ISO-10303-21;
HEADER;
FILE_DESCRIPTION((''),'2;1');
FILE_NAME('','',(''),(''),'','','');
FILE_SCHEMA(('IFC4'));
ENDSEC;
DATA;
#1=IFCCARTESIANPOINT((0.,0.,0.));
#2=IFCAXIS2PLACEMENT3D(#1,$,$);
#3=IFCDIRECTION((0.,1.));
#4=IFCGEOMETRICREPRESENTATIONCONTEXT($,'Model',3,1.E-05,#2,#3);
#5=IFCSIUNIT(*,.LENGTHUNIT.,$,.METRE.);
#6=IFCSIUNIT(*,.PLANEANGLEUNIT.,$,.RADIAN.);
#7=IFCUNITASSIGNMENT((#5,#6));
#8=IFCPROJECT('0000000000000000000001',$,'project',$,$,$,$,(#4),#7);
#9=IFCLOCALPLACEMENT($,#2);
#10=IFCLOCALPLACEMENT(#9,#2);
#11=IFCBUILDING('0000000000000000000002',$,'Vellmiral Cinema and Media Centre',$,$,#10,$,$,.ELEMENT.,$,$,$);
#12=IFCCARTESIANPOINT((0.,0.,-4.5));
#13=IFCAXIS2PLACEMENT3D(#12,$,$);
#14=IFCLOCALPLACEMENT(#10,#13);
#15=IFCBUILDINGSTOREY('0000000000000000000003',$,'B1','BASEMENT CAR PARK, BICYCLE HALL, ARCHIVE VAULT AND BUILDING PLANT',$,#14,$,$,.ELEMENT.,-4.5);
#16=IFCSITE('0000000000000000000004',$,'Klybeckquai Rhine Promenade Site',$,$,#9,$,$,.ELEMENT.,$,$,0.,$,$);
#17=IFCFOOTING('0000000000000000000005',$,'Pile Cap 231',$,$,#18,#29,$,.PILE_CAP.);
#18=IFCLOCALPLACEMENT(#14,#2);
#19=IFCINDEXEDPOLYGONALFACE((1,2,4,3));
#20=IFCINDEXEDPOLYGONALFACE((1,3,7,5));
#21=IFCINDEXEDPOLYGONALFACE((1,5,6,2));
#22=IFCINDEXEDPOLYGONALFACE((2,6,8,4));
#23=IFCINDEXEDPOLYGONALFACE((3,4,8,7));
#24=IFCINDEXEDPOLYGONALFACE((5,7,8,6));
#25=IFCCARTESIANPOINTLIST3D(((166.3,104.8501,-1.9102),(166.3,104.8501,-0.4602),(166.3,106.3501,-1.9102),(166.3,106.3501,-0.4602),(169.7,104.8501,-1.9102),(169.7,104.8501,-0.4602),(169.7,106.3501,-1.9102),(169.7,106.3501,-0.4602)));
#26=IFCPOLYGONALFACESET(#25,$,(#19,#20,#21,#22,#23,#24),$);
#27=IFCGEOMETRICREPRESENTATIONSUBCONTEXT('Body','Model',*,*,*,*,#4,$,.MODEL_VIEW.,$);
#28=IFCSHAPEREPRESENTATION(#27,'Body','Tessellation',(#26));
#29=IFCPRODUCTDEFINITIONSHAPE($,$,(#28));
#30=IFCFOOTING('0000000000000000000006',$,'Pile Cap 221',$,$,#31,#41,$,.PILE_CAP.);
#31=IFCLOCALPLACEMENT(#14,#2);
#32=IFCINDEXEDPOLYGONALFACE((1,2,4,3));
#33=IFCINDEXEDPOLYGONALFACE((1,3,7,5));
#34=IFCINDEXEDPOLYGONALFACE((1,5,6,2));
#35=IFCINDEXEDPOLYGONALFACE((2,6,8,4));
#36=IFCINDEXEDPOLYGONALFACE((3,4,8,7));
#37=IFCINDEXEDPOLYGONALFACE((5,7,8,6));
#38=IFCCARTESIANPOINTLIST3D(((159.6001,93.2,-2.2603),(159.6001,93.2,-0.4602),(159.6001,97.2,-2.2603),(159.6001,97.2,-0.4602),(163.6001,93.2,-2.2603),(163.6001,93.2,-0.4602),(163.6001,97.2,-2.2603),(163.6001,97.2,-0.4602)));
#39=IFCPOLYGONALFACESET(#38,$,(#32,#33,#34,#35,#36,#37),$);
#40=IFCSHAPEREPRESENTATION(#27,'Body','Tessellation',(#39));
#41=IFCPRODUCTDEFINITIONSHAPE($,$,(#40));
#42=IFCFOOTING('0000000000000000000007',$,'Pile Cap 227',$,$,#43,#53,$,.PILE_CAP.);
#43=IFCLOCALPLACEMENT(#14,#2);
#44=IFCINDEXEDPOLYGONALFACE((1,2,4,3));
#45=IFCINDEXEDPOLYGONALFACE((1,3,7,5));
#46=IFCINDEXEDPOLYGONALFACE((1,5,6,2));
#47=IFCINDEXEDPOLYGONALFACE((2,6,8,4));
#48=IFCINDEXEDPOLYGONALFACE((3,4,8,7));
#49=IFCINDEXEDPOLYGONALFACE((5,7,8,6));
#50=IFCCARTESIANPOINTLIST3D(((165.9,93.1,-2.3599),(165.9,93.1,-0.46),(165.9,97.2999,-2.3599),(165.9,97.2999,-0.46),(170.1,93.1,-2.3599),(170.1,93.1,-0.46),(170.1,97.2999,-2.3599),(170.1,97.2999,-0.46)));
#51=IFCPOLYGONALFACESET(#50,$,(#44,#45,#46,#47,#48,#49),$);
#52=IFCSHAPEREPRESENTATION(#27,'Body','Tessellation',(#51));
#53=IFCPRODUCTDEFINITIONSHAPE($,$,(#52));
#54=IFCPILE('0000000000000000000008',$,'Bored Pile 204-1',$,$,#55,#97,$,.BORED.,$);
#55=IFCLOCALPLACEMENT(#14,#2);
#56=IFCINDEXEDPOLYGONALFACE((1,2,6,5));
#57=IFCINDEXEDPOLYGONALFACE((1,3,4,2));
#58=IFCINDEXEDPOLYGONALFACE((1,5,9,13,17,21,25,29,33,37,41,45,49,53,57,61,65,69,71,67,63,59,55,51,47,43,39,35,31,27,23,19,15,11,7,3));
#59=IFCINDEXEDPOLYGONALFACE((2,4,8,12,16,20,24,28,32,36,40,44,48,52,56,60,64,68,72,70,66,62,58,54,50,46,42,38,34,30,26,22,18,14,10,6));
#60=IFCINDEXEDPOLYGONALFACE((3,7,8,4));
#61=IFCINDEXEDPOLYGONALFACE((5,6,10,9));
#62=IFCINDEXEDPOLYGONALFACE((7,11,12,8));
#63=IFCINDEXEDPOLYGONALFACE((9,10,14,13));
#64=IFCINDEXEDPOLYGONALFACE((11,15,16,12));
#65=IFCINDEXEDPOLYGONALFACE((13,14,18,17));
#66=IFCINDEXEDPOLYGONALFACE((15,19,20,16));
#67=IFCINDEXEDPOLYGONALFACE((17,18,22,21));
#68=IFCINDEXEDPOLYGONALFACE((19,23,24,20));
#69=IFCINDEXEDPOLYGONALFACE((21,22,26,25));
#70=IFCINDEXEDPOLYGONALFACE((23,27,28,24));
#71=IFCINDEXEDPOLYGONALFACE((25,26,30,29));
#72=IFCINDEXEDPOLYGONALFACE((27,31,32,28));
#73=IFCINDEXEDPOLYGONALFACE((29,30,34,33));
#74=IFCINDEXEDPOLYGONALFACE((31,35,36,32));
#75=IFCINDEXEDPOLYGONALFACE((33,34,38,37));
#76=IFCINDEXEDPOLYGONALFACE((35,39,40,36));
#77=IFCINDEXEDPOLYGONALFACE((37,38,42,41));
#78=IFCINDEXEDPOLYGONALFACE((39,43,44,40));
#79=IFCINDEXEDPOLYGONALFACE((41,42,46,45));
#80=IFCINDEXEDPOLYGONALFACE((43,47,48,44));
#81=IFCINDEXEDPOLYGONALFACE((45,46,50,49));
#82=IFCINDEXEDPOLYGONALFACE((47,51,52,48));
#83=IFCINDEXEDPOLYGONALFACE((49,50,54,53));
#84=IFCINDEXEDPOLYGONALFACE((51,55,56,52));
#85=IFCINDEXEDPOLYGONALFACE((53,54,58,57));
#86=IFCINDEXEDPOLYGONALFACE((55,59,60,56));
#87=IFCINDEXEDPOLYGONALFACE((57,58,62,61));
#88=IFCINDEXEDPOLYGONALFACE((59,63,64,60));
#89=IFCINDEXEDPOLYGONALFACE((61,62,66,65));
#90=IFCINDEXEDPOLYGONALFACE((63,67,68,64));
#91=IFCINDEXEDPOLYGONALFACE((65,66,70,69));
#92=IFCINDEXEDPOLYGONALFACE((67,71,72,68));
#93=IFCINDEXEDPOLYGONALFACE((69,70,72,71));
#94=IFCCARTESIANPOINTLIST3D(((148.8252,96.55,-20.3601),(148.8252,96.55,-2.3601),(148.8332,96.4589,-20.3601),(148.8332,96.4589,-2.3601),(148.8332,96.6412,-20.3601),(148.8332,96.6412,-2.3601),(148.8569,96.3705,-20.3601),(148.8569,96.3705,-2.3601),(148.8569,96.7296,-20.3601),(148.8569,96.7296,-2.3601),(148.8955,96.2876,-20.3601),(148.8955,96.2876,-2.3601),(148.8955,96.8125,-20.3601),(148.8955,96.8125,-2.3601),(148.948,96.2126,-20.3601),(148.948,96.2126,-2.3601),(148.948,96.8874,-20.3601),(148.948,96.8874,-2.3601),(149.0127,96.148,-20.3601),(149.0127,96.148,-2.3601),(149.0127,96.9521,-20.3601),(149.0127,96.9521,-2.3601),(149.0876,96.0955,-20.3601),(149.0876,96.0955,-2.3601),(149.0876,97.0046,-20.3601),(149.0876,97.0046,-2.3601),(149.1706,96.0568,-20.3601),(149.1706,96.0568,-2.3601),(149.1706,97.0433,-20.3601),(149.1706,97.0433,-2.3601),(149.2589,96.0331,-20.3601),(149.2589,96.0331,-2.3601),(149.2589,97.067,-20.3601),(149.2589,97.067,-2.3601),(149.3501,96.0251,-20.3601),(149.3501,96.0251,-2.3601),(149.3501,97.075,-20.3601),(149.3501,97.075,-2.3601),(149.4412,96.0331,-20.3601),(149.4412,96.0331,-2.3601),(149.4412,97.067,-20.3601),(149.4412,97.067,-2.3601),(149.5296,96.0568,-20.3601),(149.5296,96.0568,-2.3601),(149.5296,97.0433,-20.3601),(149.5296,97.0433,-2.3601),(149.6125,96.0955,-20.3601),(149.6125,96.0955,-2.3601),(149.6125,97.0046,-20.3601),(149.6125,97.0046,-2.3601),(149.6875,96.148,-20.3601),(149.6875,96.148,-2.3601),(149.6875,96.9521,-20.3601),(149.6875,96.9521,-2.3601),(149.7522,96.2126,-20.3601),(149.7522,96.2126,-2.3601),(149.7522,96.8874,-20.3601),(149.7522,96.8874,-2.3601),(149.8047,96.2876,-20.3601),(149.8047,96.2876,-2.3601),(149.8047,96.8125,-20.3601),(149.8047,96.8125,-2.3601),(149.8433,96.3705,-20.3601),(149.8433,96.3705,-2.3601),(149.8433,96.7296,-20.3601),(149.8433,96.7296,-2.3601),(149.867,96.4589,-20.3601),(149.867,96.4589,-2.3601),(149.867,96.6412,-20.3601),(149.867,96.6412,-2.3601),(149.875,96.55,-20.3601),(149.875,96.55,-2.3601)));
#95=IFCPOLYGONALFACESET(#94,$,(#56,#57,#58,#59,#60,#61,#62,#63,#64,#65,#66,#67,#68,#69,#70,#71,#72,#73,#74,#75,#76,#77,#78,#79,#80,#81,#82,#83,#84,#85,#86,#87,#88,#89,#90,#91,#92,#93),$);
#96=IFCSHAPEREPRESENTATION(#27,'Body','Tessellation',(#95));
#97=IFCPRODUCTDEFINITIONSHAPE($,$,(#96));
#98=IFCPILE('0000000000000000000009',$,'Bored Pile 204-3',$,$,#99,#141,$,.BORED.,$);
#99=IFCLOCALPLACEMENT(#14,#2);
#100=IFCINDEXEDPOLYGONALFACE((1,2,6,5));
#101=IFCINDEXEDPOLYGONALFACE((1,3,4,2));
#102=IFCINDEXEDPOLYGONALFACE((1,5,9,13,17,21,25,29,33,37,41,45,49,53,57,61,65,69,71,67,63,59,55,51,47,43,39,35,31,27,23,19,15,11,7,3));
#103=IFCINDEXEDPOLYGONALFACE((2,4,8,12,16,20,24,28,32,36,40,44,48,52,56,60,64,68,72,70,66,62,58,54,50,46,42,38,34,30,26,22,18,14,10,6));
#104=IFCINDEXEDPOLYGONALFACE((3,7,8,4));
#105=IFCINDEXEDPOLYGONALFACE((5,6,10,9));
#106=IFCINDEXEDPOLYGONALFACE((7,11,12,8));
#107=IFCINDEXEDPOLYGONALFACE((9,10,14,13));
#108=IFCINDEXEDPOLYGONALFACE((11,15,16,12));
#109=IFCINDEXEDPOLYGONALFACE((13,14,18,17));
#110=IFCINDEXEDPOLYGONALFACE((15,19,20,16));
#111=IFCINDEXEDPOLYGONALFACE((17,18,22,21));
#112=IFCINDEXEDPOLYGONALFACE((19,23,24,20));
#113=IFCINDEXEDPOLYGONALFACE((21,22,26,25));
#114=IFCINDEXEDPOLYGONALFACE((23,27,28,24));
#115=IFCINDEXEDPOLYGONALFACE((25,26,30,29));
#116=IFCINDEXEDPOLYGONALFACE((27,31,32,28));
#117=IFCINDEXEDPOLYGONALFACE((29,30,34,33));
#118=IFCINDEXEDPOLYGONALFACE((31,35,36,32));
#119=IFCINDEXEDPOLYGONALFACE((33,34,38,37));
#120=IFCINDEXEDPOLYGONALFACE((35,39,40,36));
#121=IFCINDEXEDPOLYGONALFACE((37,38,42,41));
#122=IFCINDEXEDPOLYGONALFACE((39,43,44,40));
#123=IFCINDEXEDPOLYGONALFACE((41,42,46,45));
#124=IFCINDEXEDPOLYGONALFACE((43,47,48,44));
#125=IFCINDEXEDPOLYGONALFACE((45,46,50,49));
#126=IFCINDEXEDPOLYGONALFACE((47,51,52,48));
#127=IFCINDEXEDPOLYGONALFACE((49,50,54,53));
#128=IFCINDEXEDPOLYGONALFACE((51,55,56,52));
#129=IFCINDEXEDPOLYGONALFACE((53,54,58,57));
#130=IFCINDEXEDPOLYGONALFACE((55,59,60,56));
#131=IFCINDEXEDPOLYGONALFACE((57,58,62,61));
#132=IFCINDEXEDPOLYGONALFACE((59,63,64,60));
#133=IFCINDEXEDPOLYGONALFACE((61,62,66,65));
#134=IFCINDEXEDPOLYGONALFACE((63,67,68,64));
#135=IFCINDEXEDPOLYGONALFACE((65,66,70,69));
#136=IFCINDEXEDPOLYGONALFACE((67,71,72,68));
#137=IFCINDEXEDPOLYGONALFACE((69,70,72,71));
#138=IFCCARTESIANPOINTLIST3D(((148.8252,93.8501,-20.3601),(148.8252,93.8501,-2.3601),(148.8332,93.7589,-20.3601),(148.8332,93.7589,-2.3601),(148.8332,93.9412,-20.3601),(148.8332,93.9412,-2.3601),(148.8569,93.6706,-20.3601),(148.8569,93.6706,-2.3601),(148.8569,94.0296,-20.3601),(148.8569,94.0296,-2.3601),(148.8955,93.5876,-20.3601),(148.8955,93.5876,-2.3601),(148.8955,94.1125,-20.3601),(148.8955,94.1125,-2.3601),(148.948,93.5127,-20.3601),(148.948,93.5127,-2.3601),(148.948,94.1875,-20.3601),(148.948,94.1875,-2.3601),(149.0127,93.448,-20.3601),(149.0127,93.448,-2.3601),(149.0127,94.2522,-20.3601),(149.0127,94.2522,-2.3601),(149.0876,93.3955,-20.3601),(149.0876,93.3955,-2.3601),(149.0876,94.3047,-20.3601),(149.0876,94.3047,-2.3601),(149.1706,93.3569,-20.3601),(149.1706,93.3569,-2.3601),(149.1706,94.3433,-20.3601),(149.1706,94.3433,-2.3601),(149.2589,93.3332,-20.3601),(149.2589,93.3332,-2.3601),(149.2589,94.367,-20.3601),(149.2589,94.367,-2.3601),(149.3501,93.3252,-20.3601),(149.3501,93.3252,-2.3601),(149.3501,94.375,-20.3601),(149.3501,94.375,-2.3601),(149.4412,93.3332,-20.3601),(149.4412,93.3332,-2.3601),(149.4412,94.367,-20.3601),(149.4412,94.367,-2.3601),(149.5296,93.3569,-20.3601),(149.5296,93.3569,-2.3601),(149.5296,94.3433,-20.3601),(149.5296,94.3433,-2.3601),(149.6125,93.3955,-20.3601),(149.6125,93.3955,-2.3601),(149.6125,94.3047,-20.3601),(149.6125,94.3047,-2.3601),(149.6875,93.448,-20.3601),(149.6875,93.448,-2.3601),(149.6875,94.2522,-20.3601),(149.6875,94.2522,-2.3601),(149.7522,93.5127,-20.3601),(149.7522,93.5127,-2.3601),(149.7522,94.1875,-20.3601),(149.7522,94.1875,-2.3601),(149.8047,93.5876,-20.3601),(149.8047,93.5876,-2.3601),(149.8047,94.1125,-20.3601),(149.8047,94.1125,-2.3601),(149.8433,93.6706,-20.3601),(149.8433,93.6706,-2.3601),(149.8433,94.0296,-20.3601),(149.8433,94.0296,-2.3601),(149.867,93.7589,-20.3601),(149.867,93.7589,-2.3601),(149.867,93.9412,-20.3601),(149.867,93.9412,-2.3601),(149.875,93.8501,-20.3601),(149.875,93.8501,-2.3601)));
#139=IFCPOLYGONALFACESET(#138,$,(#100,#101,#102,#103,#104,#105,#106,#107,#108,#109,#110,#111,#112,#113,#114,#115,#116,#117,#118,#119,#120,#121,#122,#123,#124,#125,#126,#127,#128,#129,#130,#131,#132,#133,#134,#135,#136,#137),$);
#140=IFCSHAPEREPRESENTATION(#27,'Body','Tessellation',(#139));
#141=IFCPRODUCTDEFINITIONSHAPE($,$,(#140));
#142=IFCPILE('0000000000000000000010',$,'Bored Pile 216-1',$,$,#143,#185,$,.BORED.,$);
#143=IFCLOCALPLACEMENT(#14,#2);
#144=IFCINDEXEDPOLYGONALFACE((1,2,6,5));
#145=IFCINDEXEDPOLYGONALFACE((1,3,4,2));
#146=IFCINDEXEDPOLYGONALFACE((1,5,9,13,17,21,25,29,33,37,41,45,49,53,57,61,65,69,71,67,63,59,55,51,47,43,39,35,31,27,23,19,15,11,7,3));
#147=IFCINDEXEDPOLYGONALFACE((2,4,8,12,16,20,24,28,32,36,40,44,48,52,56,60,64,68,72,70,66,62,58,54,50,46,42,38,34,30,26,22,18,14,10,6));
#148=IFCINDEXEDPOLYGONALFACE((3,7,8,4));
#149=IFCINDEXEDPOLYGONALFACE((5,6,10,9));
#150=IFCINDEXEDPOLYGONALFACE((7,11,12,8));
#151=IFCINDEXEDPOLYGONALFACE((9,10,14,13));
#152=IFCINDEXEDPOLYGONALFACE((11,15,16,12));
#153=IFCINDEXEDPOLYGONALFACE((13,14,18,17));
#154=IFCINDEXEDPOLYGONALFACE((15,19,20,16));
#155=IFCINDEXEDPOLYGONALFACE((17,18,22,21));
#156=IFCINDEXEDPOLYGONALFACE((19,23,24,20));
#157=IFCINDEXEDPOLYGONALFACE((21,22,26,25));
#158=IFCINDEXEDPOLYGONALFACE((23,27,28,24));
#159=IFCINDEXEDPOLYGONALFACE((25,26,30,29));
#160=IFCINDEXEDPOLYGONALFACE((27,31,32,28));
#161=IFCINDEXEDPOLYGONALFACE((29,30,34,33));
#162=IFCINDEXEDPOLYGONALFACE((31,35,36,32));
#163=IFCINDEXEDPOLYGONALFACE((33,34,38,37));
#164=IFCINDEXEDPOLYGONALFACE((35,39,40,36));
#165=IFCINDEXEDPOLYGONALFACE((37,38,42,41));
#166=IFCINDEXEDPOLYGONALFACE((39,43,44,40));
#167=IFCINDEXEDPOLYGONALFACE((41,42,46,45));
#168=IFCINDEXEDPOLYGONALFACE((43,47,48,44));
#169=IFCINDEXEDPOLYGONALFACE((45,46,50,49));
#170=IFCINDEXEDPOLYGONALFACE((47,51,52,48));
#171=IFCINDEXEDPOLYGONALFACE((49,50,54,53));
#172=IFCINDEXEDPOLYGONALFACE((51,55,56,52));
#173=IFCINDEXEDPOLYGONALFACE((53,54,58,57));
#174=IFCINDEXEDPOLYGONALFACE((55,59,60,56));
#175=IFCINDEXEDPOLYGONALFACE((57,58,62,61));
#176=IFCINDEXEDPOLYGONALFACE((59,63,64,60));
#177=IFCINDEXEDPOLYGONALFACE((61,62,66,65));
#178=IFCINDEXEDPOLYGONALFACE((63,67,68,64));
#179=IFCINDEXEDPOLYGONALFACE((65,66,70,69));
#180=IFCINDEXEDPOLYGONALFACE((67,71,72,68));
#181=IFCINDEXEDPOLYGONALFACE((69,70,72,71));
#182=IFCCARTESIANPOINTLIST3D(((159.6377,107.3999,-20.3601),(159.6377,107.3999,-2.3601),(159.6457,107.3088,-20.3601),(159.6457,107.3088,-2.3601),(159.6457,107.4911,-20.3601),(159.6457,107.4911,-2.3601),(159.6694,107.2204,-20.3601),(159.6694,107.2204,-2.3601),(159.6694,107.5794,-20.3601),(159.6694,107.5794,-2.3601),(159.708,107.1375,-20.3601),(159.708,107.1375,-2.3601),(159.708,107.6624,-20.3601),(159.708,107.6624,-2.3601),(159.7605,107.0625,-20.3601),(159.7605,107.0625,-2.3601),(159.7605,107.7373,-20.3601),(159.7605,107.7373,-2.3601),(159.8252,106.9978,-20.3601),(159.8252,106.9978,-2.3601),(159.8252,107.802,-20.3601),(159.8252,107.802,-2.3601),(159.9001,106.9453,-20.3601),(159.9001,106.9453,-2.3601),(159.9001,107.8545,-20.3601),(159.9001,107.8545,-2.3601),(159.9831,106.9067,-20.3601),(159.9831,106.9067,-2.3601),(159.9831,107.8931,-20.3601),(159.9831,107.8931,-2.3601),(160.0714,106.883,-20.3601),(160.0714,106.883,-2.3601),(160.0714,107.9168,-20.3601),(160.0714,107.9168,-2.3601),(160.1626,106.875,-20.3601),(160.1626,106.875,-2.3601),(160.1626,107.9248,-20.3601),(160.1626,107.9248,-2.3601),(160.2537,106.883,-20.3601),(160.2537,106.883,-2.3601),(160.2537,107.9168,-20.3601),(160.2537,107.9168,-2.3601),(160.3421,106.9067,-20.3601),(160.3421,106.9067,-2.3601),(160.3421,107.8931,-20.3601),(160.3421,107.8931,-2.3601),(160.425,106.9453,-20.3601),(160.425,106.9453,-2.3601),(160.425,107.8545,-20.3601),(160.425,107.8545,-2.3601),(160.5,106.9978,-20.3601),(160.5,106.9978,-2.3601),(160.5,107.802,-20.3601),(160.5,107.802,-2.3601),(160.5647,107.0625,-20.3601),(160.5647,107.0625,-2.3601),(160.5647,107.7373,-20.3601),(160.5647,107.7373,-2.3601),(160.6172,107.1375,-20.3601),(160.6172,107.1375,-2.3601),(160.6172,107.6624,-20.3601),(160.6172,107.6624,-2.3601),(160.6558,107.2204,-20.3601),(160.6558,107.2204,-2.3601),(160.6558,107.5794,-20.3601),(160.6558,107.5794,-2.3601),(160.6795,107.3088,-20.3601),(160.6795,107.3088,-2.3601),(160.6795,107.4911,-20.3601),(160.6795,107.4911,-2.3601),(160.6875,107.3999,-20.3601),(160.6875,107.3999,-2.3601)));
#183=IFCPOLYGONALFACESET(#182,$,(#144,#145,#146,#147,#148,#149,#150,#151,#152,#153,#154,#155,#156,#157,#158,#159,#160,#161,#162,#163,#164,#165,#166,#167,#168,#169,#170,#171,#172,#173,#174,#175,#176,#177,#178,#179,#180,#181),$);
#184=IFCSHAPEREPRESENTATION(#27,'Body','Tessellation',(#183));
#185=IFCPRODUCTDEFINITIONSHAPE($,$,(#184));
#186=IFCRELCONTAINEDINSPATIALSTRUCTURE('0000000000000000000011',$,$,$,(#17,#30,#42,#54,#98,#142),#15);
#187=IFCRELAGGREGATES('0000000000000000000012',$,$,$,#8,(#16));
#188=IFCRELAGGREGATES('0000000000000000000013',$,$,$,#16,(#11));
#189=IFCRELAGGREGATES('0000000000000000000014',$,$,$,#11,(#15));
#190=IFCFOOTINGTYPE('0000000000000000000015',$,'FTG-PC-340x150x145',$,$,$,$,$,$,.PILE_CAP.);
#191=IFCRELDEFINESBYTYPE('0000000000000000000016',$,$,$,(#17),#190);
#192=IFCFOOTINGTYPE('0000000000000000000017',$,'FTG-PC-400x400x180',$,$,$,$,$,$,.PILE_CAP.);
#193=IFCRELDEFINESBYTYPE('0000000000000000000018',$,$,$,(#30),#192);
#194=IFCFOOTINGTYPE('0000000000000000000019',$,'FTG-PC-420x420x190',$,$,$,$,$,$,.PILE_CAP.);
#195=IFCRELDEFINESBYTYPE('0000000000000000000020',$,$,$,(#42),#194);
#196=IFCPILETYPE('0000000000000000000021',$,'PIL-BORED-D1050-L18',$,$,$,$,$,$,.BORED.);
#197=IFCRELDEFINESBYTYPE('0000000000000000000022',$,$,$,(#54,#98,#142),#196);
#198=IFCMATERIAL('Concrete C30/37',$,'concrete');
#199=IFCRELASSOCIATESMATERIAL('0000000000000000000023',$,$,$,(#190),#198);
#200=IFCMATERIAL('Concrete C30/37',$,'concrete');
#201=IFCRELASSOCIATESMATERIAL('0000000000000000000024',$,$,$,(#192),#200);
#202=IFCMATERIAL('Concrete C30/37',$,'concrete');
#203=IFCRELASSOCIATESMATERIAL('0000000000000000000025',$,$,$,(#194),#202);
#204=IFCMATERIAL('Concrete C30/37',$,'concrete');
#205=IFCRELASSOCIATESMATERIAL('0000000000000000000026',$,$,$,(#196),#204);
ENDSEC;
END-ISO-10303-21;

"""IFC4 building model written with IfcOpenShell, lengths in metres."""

from ifc_helpers import new_model, si_unit, direction, frame, origin, origin_2d, place, context, subcontext, project, spatial, rectangle, circle, extrude, material, material_profile, profile_set, type_object, element, save


model = new_model("IFC4")

# Units and contexts
model_context = context("Model", 3, precision=1e-05, world=origin(), true_north=direction((0.0, 1.0)))
body_context = subcontext(model_context, "Body", "Model", "MODEL_VIEW")
ifc_project = project(units=[si_unit("LENGTHUNIT", "METRE"), si_unit("PLANEANGLEUNIT", "RADIAN")], contexts=[model_context])

# Site, building, storey
site_placement = place(None, origin())
site = spatial("IfcSite", under=ifc_project, at=site_placement, Name="Klybeckquai Rhine Promenade Site", CompositionType="ELEMENT", RefElevation=0.0)
building_placement = place(site_placement, origin())
building = spatial("IfcBuilding", under=site, at=building_placement, Name="Vellmiral Cinema and Media Centre", CompositionType="ELEMENT")
storey_placement = place(building_placement, frame((0.0, 0.0, -4.5)))
storey = spatial("IfcBuildingStorey", under=building, at=storey_placement, Name="B1", Description="BASEMENT CAR PARK, BICYCLE HALL, ARCHIVE VAULT AND BUILDING PLANT", CompositionType="ELEMENT", Elevation=-4.5)

# Footings
ifc_material_1 = material(Name="Concrete C30/37", Category="concrete")
footing_type_1 = type_object("IfcFootingType", Name="FTG-PC-340x150x145", PredefinedType="PILE_CAP", material=ifc_material_1)
footing_1_placement = place(storey_placement, frame((168.0, 105.6001, -1.9102), z_axis=(0.0, 0.0, 1.0), x_axis=(1.0, 0.0, 0.0)))
element("IfcFooting", 1, at=footing_1_placement, inside=storey, type_object=footing_type_1, Name="Pile Cap 231", PredefinedType="PILE_CAP", context=body_context, shape_type="SweptSolid", body=[
    extrude(rectangle(XDim=3.3999, YDim=1.5, at=origin_2d()), origin(), (0.0, 0.0, 1.0), 1.45),
])
ifc_material_2 = material(Name="Concrete C30/37", Category="concrete")
footing_type_2 = type_object("IfcFootingType", Name="FTG-PC-400x400x180", PredefinedType="PILE_CAP", material=ifc_material_2)
footing_2_placement = place(storey_placement, frame((161.6001, 95.2, -2.2603), z_axis=(0.0, 0.0, 1.0), x_axis=(1.0, 0.0, 0.0)))
element("IfcFooting", 2, at=footing_2_placement, inside=storey, type_object=footing_type_2, Name="Pile Cap 221", PredefinedType="PILE_CAP", context=body_context, shape_type="SweptSolid", body=[
    extrude(rectangle(XDim=4.0, YDim=4.0, at=origin_2d()), origin(), (0.0, 0.0, 1.0), 1.8),
])
ifc_material_3 = material(Name="Concrete C30/37", Category="concrete")
footing_type_3 = type_object("IfcFootingType", Name="FTG-PC-420x420x190", PredefinedType="PILE_CAP", material=ifc_material_3)
footing_3_placement = place(storey_placement, frame((168.0, 95.2, -2.3599), z_axis=(0.0, 0.0, 1.0), x_axis=(1.0, 0.0, 0.0)))
element("IfcFooting", 3, at=footing_3_placement, inside=storey, type_object=footing_type_3, Name="Pile Cap 227", PredefinedType="PILE_CAP", context=body_context, shape_type="SweptSolid", body=[
    extrude(rectangle(XDim=4.2, YDim=4.2, at=origin_2d()), origin(), (0.0, 0.0, 1.0), 1.8999),
])

# Piles
ifc_material_4 = material(Name="Concrete C30/37", Category="concrete")
ifc_material_profile_1 = material_profile(ifc_material_4, circle(Radius=0.5249, at=origin_2d()), Name="PILE D1050")
ifc_profile_set_1 = profile_set([ifc_material_profile_1], Name="Concrete C30/37")
pile_type_1 = type_object("IfcPileType", Name="PIL-BORED-D1050-L18", PredefinedType="BORED", material=ifc_profile_set_1)
for number, where, z_axis, x_axis, name in (
    (4, (149.3501, 96.55, -2.3601), (0.0, 0.0, -1.0), (1.0, 0.0, 0.0), "Bored Pile 204-1"),
    (5, (149.3501, 93.8501, -2.3601), (0.0, 0.0, -1.0), (1.0, 0.0, 0.0), "Bored Pile 204-3"),
    (6, (160.1626, 107.3999, -2.3601), (0.0, 0.0, -1.0), (1.0, 0.0, 0.0), "Bored Pile 216-1"),
):
    element("IfcPile", number, at=place(storey_placement, frame(where, z_axis=z_axis, x_axis=x_axis)), inside=storey, type_object=pile_type_1, Name=name, PredefinedType="BORED", context=body_context, shape_type="SweptSolid", body=[
        extrude(circle(Radius=0.5249, at=origin_2d()), origin(), (0.0, 0.0, 1.0), 18.0),
    ])

save(model, "model.ifc")
